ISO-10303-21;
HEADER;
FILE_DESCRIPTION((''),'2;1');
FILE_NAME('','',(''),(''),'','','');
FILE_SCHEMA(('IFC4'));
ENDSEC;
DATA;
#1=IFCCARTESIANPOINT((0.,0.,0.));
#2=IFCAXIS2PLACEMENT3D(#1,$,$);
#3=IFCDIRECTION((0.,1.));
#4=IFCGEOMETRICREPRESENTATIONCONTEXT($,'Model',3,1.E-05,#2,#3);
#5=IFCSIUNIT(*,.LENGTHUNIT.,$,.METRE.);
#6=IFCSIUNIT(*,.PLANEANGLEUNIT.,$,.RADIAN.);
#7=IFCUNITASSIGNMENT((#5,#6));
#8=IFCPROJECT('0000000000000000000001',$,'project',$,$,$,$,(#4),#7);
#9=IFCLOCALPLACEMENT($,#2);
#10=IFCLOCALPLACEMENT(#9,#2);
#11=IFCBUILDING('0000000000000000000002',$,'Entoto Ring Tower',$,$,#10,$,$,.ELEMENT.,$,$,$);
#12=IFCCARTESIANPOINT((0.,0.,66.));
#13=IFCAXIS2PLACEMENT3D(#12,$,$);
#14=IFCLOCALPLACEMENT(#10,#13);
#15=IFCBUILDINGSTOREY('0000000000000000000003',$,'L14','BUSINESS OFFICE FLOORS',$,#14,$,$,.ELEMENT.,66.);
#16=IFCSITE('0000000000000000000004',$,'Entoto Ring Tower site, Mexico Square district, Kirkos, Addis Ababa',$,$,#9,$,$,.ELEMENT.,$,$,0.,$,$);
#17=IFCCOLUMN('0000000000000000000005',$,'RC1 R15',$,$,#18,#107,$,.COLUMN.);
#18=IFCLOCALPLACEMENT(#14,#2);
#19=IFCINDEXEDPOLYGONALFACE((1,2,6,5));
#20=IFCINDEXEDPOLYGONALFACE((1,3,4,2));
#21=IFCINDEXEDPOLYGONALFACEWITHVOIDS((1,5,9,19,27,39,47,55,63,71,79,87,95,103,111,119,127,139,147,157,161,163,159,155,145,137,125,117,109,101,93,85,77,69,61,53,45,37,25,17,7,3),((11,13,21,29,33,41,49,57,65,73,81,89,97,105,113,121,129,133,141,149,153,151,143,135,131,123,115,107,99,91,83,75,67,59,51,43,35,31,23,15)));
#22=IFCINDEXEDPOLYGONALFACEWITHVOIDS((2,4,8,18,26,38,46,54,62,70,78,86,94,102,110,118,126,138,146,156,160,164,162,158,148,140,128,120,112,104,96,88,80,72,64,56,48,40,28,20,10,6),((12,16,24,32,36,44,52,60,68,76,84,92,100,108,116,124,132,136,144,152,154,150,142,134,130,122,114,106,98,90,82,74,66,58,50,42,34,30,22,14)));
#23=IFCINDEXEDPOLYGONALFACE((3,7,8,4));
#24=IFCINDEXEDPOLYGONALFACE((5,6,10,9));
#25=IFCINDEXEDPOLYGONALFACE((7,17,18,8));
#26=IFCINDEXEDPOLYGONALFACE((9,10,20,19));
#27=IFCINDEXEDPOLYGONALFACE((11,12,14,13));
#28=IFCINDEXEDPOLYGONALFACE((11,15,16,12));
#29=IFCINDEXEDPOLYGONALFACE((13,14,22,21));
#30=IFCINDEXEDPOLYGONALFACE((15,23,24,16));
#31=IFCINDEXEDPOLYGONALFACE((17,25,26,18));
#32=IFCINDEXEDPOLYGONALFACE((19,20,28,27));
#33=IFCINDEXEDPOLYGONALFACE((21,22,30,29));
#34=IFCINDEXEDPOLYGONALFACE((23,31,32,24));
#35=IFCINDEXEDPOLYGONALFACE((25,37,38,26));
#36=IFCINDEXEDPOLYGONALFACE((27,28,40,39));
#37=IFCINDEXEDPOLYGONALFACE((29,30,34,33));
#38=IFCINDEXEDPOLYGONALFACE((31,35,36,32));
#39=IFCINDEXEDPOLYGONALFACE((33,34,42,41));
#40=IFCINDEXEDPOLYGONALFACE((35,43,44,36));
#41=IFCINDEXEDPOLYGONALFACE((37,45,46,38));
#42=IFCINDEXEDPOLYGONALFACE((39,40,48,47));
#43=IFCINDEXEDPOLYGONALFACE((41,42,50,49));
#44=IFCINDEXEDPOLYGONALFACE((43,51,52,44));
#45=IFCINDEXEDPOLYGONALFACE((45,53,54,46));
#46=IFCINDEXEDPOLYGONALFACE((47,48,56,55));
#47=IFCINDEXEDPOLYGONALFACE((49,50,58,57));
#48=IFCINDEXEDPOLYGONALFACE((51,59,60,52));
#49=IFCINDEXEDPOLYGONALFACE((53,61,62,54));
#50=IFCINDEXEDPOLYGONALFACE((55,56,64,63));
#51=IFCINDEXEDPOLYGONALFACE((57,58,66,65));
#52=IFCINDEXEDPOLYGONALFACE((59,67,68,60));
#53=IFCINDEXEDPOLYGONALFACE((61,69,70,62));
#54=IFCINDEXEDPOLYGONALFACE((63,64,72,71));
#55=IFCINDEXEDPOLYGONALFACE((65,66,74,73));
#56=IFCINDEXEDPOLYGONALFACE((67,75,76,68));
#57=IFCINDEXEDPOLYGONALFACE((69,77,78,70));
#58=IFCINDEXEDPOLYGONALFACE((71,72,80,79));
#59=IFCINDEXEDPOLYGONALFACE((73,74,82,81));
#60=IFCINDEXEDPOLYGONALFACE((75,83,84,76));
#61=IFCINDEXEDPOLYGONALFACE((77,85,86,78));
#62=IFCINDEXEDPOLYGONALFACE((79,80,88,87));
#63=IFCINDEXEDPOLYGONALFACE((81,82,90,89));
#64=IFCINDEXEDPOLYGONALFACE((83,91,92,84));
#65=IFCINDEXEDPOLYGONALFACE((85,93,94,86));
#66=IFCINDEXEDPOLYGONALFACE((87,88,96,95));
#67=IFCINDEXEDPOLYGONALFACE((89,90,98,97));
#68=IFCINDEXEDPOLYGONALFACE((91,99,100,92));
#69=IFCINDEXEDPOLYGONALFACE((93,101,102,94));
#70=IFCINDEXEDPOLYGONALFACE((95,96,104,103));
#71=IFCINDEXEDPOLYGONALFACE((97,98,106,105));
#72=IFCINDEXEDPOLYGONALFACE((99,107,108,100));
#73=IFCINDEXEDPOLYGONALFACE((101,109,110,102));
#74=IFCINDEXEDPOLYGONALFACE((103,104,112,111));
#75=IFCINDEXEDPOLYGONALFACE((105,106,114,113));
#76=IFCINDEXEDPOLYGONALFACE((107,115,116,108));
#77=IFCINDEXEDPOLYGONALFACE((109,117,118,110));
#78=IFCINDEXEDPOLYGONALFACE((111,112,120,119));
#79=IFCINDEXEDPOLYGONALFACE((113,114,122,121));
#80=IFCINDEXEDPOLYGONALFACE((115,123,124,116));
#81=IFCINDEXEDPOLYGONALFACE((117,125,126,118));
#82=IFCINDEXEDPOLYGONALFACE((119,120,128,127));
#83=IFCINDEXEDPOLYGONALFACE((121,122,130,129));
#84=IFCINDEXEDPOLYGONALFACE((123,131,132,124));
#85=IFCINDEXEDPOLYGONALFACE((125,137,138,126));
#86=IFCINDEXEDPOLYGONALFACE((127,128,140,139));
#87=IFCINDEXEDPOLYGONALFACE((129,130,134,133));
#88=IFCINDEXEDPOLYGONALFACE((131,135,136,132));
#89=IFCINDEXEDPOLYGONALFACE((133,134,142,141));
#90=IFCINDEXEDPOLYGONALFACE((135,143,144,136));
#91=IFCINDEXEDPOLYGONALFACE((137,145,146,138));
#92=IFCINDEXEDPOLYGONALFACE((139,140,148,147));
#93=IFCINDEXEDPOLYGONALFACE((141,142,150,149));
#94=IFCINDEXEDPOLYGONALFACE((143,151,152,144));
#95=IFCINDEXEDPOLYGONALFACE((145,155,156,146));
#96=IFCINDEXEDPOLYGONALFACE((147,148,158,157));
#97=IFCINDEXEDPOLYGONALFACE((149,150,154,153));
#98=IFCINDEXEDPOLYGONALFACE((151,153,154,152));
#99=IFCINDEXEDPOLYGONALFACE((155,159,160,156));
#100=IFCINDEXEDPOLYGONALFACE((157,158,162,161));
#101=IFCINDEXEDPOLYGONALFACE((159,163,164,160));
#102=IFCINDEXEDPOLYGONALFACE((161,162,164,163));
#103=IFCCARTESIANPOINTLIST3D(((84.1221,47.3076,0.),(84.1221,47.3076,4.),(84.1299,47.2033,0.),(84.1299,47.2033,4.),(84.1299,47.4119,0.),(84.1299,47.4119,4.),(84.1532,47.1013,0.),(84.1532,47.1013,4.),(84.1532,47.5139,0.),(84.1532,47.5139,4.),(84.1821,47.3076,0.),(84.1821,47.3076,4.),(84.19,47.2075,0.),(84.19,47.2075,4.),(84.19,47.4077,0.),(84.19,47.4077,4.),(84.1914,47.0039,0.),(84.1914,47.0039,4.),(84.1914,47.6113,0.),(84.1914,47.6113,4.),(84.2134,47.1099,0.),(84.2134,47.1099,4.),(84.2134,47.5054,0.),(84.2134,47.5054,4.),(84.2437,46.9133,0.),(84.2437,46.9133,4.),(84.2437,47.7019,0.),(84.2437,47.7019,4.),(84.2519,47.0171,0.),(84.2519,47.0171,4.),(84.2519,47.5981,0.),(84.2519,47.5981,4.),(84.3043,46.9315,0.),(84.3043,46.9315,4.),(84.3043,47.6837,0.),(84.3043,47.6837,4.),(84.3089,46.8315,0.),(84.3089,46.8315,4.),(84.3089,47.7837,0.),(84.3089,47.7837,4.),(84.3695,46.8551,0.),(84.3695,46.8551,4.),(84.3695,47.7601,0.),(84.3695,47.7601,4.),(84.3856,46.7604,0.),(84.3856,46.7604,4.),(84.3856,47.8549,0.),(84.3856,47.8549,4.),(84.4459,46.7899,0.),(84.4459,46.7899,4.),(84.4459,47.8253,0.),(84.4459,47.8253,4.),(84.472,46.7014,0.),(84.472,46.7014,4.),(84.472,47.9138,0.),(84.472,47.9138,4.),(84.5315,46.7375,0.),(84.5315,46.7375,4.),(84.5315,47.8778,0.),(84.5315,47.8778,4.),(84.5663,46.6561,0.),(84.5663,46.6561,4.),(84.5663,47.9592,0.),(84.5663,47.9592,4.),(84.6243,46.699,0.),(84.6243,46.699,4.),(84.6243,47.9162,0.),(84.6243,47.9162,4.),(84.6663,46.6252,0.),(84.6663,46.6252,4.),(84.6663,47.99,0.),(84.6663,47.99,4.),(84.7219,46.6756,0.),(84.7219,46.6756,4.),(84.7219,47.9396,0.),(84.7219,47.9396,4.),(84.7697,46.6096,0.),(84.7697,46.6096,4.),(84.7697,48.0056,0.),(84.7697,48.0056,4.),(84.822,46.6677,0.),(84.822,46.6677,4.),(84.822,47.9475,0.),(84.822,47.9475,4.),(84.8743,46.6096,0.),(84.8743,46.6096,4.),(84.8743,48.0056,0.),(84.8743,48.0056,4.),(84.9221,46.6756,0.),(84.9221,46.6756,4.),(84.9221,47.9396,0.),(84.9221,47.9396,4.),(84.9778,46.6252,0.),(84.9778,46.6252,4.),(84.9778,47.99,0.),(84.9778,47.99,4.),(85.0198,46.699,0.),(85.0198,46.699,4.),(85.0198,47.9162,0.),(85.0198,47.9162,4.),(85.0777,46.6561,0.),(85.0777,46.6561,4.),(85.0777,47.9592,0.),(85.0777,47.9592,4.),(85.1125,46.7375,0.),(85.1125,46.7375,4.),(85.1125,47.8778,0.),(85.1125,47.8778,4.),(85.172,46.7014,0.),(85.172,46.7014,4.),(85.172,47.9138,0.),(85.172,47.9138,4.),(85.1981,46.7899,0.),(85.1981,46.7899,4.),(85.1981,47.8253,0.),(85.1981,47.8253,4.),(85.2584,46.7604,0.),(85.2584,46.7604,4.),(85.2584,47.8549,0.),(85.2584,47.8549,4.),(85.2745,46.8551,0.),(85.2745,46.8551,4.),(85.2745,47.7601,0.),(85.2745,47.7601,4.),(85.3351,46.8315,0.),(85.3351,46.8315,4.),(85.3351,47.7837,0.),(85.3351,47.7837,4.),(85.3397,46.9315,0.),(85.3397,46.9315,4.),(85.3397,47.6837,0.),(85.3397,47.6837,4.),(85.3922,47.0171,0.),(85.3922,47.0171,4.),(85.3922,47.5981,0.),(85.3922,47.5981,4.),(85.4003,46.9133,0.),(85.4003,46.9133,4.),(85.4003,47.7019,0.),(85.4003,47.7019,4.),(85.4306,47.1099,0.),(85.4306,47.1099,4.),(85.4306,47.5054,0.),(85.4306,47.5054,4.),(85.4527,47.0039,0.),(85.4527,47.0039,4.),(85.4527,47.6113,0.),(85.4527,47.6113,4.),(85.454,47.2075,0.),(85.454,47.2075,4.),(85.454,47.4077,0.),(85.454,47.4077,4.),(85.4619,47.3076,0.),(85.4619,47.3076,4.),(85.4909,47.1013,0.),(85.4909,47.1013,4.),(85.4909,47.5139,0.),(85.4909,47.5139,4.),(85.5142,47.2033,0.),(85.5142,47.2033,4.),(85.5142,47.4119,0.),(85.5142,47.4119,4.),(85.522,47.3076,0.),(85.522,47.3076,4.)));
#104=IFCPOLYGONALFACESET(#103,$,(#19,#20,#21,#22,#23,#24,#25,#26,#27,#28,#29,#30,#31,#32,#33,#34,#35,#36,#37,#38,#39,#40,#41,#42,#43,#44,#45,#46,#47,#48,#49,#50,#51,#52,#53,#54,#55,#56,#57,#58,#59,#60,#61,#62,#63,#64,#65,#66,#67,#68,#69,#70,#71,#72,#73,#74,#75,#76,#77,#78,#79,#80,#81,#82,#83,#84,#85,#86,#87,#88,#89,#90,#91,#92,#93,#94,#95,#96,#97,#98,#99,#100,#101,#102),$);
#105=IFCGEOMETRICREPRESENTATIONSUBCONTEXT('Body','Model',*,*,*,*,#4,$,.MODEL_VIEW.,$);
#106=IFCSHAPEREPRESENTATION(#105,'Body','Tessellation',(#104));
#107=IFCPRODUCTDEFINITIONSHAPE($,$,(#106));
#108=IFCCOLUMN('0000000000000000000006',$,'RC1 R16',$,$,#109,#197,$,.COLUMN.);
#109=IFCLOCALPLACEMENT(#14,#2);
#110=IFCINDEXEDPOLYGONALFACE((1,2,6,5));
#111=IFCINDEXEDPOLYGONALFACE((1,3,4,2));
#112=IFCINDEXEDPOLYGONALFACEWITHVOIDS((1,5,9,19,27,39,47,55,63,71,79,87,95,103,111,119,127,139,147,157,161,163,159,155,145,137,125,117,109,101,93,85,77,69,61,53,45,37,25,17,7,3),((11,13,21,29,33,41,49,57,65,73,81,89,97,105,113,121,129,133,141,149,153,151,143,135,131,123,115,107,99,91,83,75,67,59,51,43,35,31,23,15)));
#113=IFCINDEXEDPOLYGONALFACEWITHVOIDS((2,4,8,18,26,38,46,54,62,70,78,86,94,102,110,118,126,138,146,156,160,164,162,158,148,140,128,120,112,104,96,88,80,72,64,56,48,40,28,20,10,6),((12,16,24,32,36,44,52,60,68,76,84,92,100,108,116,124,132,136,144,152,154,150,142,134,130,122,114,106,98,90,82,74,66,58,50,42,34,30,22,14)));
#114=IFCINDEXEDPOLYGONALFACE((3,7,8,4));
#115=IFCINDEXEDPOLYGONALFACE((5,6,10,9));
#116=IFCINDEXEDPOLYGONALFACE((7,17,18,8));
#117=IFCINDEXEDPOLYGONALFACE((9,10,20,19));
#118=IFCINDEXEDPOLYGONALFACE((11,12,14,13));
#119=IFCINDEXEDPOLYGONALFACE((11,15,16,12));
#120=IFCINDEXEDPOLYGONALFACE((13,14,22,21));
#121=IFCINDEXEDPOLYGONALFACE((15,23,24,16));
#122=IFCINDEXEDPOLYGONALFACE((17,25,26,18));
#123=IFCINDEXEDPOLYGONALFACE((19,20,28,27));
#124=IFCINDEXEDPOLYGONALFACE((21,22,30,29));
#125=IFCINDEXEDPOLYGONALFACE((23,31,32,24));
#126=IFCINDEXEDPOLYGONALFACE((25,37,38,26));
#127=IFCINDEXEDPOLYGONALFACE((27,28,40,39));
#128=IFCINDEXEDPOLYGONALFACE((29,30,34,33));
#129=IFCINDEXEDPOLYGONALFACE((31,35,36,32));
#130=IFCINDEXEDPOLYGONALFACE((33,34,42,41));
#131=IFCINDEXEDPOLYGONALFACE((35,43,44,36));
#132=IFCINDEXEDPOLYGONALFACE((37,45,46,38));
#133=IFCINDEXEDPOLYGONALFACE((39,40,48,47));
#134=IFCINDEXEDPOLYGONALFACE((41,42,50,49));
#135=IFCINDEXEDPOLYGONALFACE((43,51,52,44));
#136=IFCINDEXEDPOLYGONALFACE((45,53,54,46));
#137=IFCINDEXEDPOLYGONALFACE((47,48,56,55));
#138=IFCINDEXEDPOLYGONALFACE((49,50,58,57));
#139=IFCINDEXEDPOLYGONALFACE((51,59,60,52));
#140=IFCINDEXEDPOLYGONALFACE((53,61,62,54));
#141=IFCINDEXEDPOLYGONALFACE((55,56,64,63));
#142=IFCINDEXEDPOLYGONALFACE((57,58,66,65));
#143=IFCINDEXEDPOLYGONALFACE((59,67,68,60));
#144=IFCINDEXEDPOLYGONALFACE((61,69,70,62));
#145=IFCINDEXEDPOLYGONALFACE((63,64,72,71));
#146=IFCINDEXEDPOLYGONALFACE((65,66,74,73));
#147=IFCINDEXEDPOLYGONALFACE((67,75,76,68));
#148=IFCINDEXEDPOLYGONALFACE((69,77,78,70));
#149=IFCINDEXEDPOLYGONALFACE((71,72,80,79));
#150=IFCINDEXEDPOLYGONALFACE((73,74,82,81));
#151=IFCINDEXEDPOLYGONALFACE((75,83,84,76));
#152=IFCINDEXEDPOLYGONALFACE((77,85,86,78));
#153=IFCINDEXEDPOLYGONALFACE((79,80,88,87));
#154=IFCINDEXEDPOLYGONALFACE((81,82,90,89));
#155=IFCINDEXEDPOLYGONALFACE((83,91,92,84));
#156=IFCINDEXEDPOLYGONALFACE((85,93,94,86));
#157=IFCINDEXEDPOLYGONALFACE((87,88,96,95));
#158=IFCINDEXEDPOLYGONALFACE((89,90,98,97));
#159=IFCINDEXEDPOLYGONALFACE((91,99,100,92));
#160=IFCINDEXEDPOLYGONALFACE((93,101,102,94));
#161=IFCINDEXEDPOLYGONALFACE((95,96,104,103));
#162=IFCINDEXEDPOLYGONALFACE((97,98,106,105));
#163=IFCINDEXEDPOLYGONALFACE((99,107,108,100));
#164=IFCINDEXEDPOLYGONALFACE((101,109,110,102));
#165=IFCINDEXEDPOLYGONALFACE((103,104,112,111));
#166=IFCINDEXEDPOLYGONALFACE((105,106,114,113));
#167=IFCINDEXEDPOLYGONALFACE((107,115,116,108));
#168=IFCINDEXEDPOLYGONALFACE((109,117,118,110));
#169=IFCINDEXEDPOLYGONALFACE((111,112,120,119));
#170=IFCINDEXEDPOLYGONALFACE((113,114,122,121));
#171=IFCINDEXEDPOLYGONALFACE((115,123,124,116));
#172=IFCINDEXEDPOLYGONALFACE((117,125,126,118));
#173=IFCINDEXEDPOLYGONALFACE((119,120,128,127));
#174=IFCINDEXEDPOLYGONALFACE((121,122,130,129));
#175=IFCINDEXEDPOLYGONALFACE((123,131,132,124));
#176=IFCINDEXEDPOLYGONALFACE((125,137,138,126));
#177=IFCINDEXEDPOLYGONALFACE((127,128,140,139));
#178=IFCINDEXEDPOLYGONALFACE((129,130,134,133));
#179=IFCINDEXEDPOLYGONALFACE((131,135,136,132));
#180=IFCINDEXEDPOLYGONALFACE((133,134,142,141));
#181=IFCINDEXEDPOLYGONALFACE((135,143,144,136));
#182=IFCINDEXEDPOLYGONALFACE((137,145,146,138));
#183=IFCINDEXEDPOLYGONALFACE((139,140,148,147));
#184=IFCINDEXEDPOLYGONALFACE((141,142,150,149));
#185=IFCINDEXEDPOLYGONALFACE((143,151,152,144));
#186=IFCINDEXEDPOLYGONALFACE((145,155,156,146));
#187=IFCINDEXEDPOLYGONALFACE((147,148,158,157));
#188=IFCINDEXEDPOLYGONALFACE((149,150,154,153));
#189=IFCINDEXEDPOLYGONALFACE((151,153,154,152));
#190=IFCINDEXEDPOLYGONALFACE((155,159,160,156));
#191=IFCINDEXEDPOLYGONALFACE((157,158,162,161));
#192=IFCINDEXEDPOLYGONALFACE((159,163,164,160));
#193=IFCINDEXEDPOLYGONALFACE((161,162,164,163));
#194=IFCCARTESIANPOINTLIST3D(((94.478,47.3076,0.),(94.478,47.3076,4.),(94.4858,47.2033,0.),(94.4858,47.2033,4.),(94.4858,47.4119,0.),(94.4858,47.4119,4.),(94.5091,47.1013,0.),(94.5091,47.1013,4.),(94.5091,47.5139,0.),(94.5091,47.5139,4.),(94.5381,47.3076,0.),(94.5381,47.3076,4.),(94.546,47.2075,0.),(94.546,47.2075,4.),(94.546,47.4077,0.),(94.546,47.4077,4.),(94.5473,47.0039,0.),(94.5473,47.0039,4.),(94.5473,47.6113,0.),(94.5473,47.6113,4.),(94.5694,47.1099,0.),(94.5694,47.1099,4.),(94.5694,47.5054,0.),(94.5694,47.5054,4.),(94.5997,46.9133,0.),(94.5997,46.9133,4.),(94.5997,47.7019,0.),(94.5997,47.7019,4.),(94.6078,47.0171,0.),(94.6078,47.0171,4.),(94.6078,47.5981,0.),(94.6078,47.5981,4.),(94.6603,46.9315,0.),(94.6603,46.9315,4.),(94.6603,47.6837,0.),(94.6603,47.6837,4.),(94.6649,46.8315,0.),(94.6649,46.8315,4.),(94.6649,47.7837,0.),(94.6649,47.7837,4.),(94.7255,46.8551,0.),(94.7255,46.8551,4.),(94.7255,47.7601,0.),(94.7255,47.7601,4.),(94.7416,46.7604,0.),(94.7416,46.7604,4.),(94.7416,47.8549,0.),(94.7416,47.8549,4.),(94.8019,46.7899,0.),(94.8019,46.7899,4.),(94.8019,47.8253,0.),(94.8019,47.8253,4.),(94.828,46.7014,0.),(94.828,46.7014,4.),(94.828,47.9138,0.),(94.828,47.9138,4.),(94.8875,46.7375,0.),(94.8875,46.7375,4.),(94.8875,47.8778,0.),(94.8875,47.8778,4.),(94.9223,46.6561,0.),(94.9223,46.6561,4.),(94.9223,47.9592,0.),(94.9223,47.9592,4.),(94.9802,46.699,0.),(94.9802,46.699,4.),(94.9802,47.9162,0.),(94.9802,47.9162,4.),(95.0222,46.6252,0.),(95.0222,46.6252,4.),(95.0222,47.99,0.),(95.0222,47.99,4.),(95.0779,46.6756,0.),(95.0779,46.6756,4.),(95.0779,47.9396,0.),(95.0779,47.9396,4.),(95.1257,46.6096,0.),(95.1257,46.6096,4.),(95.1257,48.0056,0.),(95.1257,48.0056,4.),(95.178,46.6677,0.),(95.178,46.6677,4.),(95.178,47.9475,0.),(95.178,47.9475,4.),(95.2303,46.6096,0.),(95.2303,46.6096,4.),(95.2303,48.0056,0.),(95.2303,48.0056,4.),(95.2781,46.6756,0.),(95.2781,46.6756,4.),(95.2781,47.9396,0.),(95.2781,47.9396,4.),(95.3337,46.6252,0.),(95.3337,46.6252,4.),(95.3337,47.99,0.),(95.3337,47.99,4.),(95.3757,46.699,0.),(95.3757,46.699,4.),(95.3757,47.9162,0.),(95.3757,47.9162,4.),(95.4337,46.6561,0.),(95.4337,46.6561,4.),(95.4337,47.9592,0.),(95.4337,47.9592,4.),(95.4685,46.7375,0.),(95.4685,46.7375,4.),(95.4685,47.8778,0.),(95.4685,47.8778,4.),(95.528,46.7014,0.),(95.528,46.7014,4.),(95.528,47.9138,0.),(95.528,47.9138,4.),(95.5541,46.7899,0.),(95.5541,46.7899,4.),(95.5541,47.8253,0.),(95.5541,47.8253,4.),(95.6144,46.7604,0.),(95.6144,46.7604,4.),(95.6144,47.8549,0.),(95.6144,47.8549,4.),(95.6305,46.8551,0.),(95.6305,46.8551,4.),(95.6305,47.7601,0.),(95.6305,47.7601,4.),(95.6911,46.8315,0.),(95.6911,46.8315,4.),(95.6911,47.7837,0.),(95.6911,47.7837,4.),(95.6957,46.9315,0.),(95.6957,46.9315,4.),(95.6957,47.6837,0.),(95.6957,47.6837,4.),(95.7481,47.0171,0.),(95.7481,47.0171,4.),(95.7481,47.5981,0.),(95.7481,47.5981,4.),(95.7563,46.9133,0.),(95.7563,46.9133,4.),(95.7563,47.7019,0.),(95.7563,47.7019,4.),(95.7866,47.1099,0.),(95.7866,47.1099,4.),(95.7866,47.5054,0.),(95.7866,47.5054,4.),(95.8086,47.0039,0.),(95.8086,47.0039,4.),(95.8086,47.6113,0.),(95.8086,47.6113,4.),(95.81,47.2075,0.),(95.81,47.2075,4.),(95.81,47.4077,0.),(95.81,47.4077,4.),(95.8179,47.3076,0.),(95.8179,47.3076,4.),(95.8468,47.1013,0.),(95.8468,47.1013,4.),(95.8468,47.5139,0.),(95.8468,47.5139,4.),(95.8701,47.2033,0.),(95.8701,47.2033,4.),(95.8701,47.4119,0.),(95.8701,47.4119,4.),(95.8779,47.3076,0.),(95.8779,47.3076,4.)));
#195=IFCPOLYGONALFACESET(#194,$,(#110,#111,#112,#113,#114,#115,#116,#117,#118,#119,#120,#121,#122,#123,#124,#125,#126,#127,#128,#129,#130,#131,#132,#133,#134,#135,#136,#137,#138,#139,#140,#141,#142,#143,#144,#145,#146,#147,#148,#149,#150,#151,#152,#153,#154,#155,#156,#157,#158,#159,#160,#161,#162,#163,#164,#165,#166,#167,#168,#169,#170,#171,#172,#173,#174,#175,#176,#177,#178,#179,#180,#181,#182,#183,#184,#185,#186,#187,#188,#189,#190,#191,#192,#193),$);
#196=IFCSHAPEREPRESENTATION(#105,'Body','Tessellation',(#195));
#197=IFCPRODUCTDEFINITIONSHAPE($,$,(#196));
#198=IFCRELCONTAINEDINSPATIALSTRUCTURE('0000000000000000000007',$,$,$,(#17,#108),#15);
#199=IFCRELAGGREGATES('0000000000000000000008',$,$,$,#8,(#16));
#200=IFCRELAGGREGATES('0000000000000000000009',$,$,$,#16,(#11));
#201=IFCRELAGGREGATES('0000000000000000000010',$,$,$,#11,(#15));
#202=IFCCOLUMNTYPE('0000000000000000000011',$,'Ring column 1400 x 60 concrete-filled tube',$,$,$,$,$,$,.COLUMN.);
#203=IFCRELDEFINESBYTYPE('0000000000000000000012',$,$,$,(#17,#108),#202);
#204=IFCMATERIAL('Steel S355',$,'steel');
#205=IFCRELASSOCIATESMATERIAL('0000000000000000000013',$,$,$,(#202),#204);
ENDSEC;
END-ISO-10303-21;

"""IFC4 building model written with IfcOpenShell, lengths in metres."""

from ifc_helpers import new_model, si_unit, direction, frame, origin, origin_2d, place, context, subcontext, project, spatial, circle, hollow_circle, extrude, material, material_profile, profile_set, type_object, element, save


model = new_model("IFC4")

# Units and contexts
model_context = context("Model", 3, precision=1e-05, world=origin(), true_north=direction((0.0, 1.0)))
body_context = subcontext(model_context, "Body", "Model", "MODEL_VIEW")
ifc_project = project(units=[si_unit("LENGTHUNIT", "METRE"), si_unit("PLANEANGLEUNIT", "RADIAN")], contexts=[model_context])

# Site, building, storey
site_placement = place(None, origin())
site = spatial("IfcSite", under=ifc_project, at=site_placement, Name="Entoto Ring Tower site, Mexico Square district, Kirkos, Addis Ababa", CompositionType="ELEMENT", RefElevation=0.0)
building_placement = place(site_placement, origin())
building = spatial("IfcBuilding", under=site, at=building_placement, Name="Entoto Ring Tower", CompositionType="ELEMENT")
storey_placement = place(building_placement, frame((0.0, 0.0, 66.0)))
storey = spatial("IfcBuildingStorey", under=building, at=storey_placement, Name="L14", Description="BUSINESS OFFICE FLOORS", CompositionType="ELEMENT", Elevation=66.0)

# Columns
ifc_material_1 = material(Name="Steel S355", Category="steel")
ifc_material_profile_1 = material_profile(ifc_material_1, hollow_circle(Radius=0.7, WallThickness=0.0601, at=origin_2d()), Name="CHS 1400 x 60")
ifc_material_2 = material(Name="Concrete C60/75", Category="concrete")
ifc_material_profile_2 = material_profile(ifc_material_2, circle(Radius=0.6399, at=origin_2d()), Name="Concrete C60/75 infill")
ifc_profile_set_1 = profile_set([ifc_material_profile_1, ifc_material_profile_2], Name="Steel S355")
column_type = type_object("IfcColumnType", Name="Ring column 1400 x 60 concrete-filled tube", PredefinedType="COLUMN", material=ifc_profile_set_1)
for number, where, z_axis, x_axis, name in (
    (1, (84.822, 47.3076, 0.0), (0.0, 0.0, 1.0), (1.0, 0.0, 0.0), "RC1 R15"),
    (2, (95.178, 47.3076, 0.0), (0.0, 0.0, 1.0), (1.0, 0.0, 0.0), "RC1 R16"),
):
    element("IfcColumn", number, at=place(storey_placement, frame(where, z_axis=z_axis, x_axis=x_axis)), inside=storey, type_object=column_type, Name=name, PredefinedType="COLUMN", context=body_context, shape_type="SweptSolid", body=[
        extrude(hollow_circle(Radius=0.7, WallThickness=0.0601, at=origin_2d()), origin(), (0.0, 0.0, 1.0), 4.0),
    ])

save(model, "model.ifc")
